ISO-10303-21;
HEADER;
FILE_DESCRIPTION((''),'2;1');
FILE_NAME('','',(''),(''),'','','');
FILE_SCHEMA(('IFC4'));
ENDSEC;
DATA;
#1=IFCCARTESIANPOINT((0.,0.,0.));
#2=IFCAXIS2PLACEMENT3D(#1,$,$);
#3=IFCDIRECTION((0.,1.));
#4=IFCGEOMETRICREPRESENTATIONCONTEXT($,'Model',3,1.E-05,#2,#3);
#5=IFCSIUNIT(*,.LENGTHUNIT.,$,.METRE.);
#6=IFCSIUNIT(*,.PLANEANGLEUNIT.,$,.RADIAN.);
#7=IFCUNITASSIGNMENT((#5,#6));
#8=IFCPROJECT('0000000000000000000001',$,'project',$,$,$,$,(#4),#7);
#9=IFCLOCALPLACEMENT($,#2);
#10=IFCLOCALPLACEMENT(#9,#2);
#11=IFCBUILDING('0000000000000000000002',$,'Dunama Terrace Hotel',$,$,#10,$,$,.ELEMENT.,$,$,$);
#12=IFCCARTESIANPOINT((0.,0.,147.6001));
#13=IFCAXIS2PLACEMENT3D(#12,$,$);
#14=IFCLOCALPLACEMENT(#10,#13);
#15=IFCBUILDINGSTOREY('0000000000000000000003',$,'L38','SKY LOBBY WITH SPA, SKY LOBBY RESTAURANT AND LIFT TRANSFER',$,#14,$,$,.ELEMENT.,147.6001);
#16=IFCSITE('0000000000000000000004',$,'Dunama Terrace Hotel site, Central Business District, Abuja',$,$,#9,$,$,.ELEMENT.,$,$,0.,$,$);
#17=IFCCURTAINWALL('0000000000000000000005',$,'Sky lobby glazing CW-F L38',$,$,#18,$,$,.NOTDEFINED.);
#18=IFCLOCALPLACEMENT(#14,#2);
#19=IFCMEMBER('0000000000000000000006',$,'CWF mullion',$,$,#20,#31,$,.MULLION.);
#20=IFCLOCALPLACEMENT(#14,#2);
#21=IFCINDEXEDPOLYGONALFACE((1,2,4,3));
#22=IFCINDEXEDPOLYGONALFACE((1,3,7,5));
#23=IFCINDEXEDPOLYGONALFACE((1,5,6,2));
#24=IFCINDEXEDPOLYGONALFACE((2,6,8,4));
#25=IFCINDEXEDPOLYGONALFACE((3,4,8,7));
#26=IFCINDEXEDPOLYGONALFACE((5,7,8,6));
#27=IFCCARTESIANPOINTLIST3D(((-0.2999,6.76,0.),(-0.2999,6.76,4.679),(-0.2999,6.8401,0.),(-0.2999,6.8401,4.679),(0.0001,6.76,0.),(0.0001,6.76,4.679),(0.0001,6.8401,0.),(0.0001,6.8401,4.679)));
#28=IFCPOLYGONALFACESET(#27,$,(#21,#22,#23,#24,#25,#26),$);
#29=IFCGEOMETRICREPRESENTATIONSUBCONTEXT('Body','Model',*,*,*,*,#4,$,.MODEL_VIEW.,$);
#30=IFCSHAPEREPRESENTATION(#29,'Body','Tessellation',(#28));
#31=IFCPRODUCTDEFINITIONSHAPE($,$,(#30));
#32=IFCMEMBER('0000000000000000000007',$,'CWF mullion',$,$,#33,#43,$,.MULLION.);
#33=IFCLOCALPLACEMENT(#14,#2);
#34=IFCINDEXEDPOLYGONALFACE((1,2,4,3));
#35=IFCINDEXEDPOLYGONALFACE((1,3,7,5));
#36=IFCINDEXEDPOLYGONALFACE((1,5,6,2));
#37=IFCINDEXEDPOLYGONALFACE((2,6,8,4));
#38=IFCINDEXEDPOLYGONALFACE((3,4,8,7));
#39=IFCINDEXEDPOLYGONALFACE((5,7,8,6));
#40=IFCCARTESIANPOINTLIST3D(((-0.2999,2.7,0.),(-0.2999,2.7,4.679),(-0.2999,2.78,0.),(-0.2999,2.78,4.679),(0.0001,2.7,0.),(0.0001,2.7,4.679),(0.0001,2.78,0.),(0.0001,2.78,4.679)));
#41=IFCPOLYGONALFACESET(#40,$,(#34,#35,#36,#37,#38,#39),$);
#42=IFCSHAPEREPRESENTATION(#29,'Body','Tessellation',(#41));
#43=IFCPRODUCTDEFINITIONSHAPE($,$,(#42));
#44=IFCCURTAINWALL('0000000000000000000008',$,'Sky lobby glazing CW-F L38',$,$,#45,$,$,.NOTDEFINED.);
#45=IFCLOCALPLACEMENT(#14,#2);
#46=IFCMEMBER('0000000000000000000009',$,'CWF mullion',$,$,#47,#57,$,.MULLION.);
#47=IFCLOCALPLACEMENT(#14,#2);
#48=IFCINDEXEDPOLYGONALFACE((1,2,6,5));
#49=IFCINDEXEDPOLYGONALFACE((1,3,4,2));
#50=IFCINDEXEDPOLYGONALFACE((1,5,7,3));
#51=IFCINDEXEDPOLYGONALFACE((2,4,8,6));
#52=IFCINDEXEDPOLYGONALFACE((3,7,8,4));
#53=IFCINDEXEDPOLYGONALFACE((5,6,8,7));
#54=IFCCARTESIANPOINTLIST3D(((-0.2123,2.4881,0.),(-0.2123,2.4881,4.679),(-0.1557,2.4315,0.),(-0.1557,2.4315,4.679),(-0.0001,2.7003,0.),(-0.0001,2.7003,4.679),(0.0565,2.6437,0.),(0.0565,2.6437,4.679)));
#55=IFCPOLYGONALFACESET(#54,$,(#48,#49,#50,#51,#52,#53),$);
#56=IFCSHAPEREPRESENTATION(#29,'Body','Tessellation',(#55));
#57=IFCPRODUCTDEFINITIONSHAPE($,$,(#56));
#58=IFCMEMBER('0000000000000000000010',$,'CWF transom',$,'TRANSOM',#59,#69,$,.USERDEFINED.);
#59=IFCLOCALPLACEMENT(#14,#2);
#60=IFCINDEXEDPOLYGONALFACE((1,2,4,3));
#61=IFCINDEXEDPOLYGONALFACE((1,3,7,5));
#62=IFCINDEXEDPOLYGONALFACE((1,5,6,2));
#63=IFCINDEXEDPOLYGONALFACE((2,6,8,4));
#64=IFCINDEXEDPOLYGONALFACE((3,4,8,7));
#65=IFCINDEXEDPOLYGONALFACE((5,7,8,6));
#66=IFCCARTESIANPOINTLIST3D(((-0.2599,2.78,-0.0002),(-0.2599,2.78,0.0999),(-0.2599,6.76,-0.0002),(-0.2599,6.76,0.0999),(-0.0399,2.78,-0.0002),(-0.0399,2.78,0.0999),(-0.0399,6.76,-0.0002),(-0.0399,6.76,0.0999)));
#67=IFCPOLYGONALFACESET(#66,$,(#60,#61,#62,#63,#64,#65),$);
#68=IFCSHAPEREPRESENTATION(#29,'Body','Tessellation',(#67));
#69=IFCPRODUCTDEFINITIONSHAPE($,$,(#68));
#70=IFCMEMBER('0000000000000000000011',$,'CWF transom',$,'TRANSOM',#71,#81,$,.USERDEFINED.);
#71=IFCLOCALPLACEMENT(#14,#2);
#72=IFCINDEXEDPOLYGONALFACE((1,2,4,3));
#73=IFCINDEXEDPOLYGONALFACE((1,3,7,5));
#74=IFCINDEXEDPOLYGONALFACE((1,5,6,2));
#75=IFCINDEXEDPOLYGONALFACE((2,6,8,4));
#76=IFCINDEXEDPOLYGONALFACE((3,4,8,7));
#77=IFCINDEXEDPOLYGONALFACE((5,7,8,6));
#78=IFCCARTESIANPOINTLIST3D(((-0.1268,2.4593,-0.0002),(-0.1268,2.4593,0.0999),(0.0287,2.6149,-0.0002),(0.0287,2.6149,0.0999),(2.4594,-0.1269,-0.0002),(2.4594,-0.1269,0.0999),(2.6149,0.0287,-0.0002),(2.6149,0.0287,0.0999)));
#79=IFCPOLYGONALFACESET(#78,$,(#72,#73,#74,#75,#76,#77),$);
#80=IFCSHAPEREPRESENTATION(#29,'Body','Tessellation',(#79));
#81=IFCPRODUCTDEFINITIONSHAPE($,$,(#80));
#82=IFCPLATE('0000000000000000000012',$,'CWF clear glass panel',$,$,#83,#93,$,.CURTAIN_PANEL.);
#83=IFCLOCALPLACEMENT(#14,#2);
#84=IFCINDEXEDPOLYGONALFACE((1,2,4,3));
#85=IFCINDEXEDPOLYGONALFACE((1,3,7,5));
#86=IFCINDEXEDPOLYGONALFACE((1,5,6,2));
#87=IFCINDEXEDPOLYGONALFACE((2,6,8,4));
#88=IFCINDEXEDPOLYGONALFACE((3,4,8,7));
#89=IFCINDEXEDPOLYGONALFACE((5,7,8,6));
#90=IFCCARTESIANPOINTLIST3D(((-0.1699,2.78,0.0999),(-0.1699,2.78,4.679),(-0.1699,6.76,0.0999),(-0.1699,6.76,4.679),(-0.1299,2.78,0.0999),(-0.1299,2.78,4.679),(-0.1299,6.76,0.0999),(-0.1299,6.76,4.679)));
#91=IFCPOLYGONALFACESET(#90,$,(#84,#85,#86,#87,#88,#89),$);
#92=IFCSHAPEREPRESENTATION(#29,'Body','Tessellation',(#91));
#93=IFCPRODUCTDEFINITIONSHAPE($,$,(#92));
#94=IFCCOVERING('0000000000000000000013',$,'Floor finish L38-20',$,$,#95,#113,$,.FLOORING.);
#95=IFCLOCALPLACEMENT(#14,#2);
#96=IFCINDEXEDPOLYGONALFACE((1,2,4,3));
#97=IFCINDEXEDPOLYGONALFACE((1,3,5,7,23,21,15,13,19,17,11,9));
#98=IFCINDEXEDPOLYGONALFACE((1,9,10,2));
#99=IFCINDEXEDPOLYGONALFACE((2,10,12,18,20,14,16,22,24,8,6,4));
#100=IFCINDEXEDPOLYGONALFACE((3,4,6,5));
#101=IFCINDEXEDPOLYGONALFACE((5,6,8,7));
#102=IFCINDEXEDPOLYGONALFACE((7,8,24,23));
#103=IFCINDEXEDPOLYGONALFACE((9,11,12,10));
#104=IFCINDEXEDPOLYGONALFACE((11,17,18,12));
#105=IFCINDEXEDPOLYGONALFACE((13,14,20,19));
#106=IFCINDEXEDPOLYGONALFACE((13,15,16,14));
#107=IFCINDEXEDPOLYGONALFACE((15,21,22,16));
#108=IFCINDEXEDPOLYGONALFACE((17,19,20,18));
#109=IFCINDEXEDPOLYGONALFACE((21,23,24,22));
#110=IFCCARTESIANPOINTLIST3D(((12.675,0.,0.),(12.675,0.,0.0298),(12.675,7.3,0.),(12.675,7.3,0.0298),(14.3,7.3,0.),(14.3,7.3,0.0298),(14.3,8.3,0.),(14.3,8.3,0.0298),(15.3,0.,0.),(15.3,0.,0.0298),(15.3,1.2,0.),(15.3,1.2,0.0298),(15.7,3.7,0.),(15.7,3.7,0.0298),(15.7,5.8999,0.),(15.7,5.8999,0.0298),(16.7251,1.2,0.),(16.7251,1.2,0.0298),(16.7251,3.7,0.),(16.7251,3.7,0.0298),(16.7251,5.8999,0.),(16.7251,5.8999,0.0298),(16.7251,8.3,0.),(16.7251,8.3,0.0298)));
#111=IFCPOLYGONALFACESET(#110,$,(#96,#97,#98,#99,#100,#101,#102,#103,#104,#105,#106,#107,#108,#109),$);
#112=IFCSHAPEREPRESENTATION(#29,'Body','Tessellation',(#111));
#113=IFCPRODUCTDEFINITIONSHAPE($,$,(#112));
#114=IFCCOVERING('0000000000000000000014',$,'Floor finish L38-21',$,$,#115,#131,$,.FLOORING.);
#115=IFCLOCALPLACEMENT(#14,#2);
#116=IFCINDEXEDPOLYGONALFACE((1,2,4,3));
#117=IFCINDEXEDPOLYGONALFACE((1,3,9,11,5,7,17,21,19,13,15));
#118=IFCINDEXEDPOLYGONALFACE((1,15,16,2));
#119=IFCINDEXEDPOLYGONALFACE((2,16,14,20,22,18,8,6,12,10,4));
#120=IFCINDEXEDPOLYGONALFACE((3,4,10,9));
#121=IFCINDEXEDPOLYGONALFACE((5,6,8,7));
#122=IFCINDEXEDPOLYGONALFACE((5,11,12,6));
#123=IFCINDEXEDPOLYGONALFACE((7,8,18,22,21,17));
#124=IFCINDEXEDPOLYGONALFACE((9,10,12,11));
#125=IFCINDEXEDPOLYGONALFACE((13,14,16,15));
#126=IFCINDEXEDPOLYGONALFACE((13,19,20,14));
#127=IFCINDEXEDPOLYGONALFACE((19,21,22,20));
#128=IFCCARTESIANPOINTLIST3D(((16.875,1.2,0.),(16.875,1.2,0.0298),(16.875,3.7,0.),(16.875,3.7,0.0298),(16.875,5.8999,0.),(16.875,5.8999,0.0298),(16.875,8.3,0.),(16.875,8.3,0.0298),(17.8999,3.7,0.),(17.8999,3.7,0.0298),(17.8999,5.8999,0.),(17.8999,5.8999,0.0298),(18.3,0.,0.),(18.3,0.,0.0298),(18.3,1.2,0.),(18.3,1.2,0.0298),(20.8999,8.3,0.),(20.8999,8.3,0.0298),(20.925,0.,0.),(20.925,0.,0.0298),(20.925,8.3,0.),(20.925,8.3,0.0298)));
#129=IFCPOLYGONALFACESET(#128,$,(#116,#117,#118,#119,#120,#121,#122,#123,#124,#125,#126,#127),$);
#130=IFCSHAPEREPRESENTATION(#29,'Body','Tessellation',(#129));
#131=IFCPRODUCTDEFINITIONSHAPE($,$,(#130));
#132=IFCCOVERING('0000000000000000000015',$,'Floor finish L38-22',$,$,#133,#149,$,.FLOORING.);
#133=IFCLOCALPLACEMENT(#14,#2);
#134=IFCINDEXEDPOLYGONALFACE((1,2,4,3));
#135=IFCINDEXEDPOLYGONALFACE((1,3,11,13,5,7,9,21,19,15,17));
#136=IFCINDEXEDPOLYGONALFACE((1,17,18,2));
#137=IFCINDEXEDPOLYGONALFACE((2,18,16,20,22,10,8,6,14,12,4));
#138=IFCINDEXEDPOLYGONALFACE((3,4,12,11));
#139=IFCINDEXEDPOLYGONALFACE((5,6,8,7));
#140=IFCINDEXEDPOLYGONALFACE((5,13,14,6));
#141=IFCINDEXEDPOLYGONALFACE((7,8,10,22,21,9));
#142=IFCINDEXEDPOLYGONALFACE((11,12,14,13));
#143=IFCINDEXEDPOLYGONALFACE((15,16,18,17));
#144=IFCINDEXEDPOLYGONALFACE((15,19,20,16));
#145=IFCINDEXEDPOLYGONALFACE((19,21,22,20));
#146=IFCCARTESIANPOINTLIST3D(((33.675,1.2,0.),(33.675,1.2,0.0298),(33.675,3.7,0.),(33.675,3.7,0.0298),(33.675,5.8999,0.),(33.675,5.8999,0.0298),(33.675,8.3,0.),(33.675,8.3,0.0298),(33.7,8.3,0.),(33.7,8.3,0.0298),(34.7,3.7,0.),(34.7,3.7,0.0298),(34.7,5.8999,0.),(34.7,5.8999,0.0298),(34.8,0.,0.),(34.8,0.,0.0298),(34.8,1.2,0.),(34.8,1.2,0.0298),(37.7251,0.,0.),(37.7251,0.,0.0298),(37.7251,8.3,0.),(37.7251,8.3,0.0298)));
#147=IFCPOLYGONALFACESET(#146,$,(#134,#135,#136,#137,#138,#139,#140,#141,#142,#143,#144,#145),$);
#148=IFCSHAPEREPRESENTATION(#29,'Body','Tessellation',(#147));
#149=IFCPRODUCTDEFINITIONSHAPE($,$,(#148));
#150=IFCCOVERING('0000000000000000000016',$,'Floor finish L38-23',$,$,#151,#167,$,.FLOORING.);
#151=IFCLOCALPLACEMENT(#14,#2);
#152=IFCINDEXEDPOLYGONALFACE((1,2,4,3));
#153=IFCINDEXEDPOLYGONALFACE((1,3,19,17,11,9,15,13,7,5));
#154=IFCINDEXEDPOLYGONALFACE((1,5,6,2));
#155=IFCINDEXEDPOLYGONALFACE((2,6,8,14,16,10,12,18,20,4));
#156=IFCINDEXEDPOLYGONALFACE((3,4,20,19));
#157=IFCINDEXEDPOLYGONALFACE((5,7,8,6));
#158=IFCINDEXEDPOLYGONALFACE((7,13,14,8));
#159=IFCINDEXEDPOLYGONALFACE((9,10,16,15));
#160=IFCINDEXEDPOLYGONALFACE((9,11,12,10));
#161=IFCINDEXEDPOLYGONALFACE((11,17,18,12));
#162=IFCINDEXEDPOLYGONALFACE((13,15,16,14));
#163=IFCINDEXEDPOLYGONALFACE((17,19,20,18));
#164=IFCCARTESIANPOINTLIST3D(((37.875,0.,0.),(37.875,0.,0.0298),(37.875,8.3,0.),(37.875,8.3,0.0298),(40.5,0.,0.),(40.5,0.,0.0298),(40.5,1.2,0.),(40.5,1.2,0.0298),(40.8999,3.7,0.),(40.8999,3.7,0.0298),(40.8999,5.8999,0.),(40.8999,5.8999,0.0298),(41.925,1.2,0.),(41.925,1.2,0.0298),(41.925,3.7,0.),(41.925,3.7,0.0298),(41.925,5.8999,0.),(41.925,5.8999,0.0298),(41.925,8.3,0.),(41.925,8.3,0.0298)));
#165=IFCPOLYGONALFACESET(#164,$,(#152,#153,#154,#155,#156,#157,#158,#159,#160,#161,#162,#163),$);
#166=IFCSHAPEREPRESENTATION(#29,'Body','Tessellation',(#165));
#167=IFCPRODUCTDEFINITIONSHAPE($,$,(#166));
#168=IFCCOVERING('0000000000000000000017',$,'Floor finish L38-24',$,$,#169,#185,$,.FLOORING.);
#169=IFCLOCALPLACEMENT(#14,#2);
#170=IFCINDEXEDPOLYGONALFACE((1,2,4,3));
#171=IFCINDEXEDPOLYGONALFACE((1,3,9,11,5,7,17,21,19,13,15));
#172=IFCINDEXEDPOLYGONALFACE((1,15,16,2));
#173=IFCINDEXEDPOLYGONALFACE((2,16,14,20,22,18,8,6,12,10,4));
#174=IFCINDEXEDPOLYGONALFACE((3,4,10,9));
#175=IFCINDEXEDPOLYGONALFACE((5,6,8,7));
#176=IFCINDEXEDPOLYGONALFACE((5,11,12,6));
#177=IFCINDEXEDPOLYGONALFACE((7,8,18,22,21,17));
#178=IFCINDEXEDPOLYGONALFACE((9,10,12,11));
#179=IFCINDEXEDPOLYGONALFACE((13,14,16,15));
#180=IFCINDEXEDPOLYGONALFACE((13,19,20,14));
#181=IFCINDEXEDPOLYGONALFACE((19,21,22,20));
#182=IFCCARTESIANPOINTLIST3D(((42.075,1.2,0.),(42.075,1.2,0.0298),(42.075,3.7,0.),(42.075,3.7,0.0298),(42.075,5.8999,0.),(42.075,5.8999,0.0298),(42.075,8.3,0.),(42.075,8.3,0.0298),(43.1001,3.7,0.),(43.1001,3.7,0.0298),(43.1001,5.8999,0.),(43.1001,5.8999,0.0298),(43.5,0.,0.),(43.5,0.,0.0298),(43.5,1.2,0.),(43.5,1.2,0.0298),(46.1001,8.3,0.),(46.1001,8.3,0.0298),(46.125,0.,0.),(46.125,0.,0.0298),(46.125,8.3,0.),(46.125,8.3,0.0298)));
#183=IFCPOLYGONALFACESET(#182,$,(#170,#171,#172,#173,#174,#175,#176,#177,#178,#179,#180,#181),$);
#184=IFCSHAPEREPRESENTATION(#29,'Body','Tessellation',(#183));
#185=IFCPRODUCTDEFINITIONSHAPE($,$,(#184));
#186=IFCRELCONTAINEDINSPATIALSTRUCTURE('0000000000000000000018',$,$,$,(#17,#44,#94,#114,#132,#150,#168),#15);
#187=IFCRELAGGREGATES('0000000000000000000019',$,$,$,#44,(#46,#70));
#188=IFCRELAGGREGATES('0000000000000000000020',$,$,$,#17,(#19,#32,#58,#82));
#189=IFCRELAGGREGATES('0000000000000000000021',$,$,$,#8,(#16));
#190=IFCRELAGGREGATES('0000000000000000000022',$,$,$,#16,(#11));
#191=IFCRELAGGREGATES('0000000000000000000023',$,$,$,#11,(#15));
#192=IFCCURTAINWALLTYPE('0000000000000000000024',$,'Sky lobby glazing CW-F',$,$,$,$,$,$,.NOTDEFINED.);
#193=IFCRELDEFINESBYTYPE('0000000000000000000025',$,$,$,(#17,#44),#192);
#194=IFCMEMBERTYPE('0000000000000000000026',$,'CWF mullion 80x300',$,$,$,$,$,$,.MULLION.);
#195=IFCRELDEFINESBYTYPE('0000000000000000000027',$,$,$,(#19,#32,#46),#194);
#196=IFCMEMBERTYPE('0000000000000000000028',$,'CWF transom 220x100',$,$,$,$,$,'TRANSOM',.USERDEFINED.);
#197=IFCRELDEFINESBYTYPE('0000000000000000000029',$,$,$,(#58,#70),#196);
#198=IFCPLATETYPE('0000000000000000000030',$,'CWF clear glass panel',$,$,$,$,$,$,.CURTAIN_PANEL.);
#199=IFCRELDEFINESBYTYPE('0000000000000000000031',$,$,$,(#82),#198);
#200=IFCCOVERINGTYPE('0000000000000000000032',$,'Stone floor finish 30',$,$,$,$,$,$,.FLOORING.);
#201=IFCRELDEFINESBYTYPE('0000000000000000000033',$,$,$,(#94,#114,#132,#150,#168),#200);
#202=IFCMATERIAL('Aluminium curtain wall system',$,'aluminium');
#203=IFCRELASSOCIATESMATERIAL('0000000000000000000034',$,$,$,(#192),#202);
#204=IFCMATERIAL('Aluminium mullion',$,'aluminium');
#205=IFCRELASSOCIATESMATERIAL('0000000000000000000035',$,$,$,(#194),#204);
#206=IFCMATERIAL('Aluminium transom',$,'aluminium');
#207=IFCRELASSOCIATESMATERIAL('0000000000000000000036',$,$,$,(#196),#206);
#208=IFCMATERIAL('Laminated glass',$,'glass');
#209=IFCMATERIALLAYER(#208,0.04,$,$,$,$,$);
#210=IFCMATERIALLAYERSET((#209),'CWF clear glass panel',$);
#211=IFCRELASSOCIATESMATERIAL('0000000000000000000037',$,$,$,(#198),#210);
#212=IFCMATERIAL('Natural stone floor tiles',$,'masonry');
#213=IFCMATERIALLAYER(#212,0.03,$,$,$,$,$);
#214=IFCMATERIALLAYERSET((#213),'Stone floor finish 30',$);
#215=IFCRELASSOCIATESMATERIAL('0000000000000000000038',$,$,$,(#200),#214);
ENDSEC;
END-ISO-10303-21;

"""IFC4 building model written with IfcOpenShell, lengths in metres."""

from ifc_helpers import new_model, si_unit, direction, frame, origin, origin_2d, place, context, subcontext, project, spatial, polyline, rectangle, outline, extrude, material, layer, layer_set, material_profile, profile_set, type_object, element, aggregate, save


model = new_model("IFC4")

# Units and contexts
model_context = context("Model", 3, precision=1e-05, world=origin(), true_north=direction((0.0, 1.0)))
body_context = subcontext(model_context, "Body", "Model", "MODEL_VIEW")
ifc_project = project(units=[si_unit("LENGTHUNIT", "METRE"), si_unit("PLANEANGLEUNIT", "RADIAN")], contexts=[model_context])

# Site, building, storey
site_placement = place(None, origin())
site = spatial("IfcSite", under=ifc_project, at=site_placement, Name="Dunama Terrace Hotel site, Central Business District, Abuja", CompositionType="ELEMENT", RefElevation=0.0)
building_placement = place(site_placement, origin())
building = spatial("IfcBuilding", under=site, at=building_placement, Name="Dunama Terrace Hotel", CompositionType="ELEMENT")
storey_placement = place(building_placement, frame((0.0, 0.0, 147.6001)))
storey = spatial("IfcBuildingStorey", under=building, at=storey_placement, Name="L38", Description="SKY LOBBY WITH SPA, SKY LOBBY RESTAURANT AND LIFT TRANSFER", CompositionType="ELEMENT", Elevation=147.6001)

# Curtain wall, members
ifc_material_1 = material(Name="Aluminium curtain wall system", Category="aluminium")
curtain_wall_type = type_object("IfcCurtainWallType", Name="Sky lobby glazing CW-F", PredefinedType="NOTDEFINED", material=ifc_material_1)
curtain_wall_1_placement = place(storey_placement, origin())
curtain_wall_1 = element("IfcCurtainWall", 1, at=curtain_wall_1_placement, inside=storey, type_object=curtain_wall_type, Name="Sky lobby glazing CW-F L38", PredefinedType="NOTDEFINED")
ifc_material_2 = material(Name="Aluminium mullion", Category="aluminium")
ifc_material_profile_1 = material_profile(ifc_material_2, rectangle(XDim=0.0801, YDim=0.3, at=origin_2d()), Name="CWF MULLION 80X300")
ifc_profile_set_1 = profile_set([ifc_material_profile_1], Name="Aluminium mullion")
member_type_1 = type_object("IfcMemberType", Name="CWF mullion 80x300", PredefinedType="MULLION", material=ifc_profile_set_1)
member_1_placement = place(storey_placement, frame((-0.1499, 6.8, 0.0), z_axis=(0.0, 0.0, 1.0), x_axis=(0.0, -1.0, 0.0)))
member_1 = element("IfcMember", 2, at=member_1_placement, type_object=member_type_1, Name="CWF mullion", PredefinedType="MULLION", context=body_context, shape_type="SweptSolid", body=[
    extrude(rectangle(XDim=0.0801, YDim=0.3, at=origin_2d()), origin(), (0.0, 0.0, 1.0), 4.679),
])
member_2_placement = place(storey_placement, frame((-0.1499, 2.74, 0.0), z_axis=(0.0, 0.0, 1.0), x_axis=(0.0, -1.0, 0.0)))
member_2 = element("IfcMember", 3, at=member_2_placement, type_object=member_type_1, Name="CWF mullion", PredefinedType="MULLION", context=body_context, shape_type="SweptSolid", body=[
    extrude(rectangle(XDim=0.0801, YDim=0.3, at=origin_2d()), origin(), (0.0, 0.0, 1.0), 4.679),
])

# Curtain wall, member
curtain_wall_2_placement = place(storey_placement, origin())
curtain_wall_2 = element("IfcCurtainWall", 4, at=curtain_wall_2_placement, inside=storey, type_object=curtain_wall_type, Name="Sky lobby glazing CW-F L38", PredefinedType="NOTDEFINED")
member_3_placement = place(storey_placement, frame((-0.0779, 2.5659, 0.0), z_axis=(0.0, 0.0, 1.0), x_axis=(0.707107, -0.707107, 0.0)))
member_3 = element("IfcMember", 5, at=member_3_placement, type_object=member_type_1, Name="CWF mullion", PredefinedType="MULLION", context=body_context, shape_type="SweptSolid", body=[
    extrude(rectangle(XDim=0.0801, YDim=0.3, at=origin_2d()), origin(), (0.0, 0.0, 1.0), 4.679),
])

# Members
ifc_material_3 = material(Name="Aluminium transom", Category="aluminium")
ifc_material_profile_2 = material_profile(ifc_material_3, rectangle(XDim=0.22, YDim=0.1001, at=origin_2d()), Name="CWF TRANSOM 220X100")
ifc_profile_set_2 = profile_set([ifc_material_profile_2], Name="Aluminium transom")
member_type_2 = type_object("IfcMemberType", Name="CWF transom 220x100", ElementType="TRANSOM", PredefinedType="USERDEFINED", material=ifc_profile_set_2)
member_4_placement = place(storey_placement, frame((-0.1499, 6.76, 0.0498), z_axis=(0.0, -1.0, 0.0), x_axis=(1.0, 0.0, 0.0)))
member_4 = element("IfcMember", 6, at=member_4_placement, type_object=member_type_2, Name="CWF transom", ObjectType="TRANSOM", PredefinedType="USERDEFINED", context=body_context, shape_type="SweptSolid", body=[
    extrude(rectangle(XDim=0.22, YDim=0.1001, at=origin_2d()), origin(), (0.0, 0.0, 1.0), 3.98),
])
member_5_placement = place(storey_placement, frame((-0.0491, 2.5371, 0.0498), z_axis=(0.707107, -0.707107, 0.0), x_axis=(0.707107, 0.707107, 0.0)))
member_5 = element("IfcMember", 7, at=member_5_placement, type_object=member_type_2, Name="CWF transom", ObjectType="TRANSOM", PredefinedType="USERDEFINED", context=body_context, shape_type="SweptSolid", body=[
    extrude(rectangle(XDim=0.22, YDim=0.1001, at=origin_2d()), origin(), (0.0, 0.0, 1.0), 3.6575),
])
aggregate(curtain_wall_2, [member_3, member_5])

# Plate
ifc_material_4 = material(Name="Laminated glass", Category="glass")
ifc_layer_1 = layer(ifc_material_4, 0.04)
ifc_layer_set_1 = layer_set([ifc_layer_1], Name="CWF clear glass panel")
plate_type = type_object("IfcPlateType", Name="CWF clear glass panel", PredefinedType="CURTAIN_PANEL", material=ifc_layer_set_1)
plate_placement = place(storey_placement, frame((-0.1499, 4.77, 0.0999), z_axis=(0.0, 0.0, 1.0), x_axis=(0.0, -1.0, 0.0)))
plate = element("IfcPlate", 8, at=plate_placement, type_object=plate_type, Name="CWF clear glass panel", PredefinedType="CURTAIN_PANEL", context=body_context, shape_type="SweptSolid", body=[
    extrude(rectangle(XDim=3.98, YDim=0.04, at=origin_2d()), origin(), (0.0, 0.0, 1.0), 4.5791),
])
aggregate(curtain_wall_1, [member_1, member_2, member_4, plate])

# Coverings
ifc_material_5 = material(Name="Natural stone floor tiles", Category="masonry")
ifc_layer_2 = layer(ifc_material_5, 0.03)
ifc_layer_set_2 = layer_set([ifc_layer_2], Name="Stone floor finish 30")
covering_type_1 = type_object("IfcCoveringType", Name="Stone floor finish 30", PredefinedType="FLOORING", material=ifc_layer_set_2)
covering_1_placement = place(storey_placement, origin())
element("IfcCovering", 9, at=covering_1_placement, inside=storey, type_object=covering_type_1, Name="Floor finish L38-20", PredefinedType="FLOORING", context=body_context, shape_type="SweptSolid", body=[
    extrude(outline(polyline([(12.675, 0.0), (15.3, 0.0), (15.3, 1.2), (16.7251, 1.2), (16.7251, 3.7), (15.7, 3.7), (15.7, 5.8999), (16.7251, 5.8999), (16.7251, 8.3), (14.3, 8.3), (14.3, 7.3), (12.675, 7.3), (12.675, 0.0)])), origin(), (0.0, 0.0, 1.0), 0.0298),
])
covering_2_placement = place(storey_placement, origin())
element("IfcCovering", 10, at=covering_2_placement, inside=storey, type_object=covering_type_1, Name="Floor finish L38-21", PredefinedType="FLOORING", context=body_context, shape_type="SweptSolid", body=[
    extrude(outline(polyline([(18.3, 0.0), (20.925, 0.0), (20.925, 8.3), (20.8999, 8.3), (16.875, 8.3), (16.875, 5.8999), (17.8999, 5.8999), (17.8999, 3.7), (16.875, 3.7), (16.875, 1.2), (18.3, 1.2), (18.3, 0.0)])), origin(), (0.0, 0.0, 1.0), 0.0298),
])
covering_3_placement = place(storey_placement, origin())
element("IfcCovering", 11, at=covering_3_placement, inside=storey, type_object=covering_type_1, Name="Floor finish L38-22", PredefinedType="FLOORING", context=body_context, shape_type="SweptSolid", body=[
    extrude(outline(polyline([(34.8, 0.0), (37.7251, 0.0), (37.7251, 8.3), (33.7, 8.3), (33.675, 8.3), (33.675, 5.8999), (34.7, 5.8999), (34.7, 3.7), (33.675, 3.7), (33.675, 1.2), (34.8, 1.2), (34.8, 0.0)])), origin(), (0.0, 0.0, 1.0), 0.0298),
])
covering_4_placement = place(storey_placement, origin())
element("IfcCovering", 12, at=covering_4_placement, inside=storey, type_object=covering_type_1, Name="Floor finish L38-23", PredefinedType="FLOORING", context=body_context, shape_type="SweptSolid", body=[
    extrude(outline(polyline([(37.875, 0.0), (40.5, 0.0), (40.5, 1.2), (41.925, 1.2), (41.925, 3.7), (40.8999, 3.7), (40.8999, 5.8999), (41.925, 5.8999), (41.925, 8.3), (37.875, 8.3), (37.875, 0.0)])), origin(), (0.0, 0.0, 1.0), 0.0298),
])
covering_5_placement = place(storey_placement, origin())
element("IfcCovering", 13, at=covering_5_placement, inside=storey, type_object=covering_type_1, Name="Floor finish L38-24", PredefinedType="FLOORING", context=body_context, shape_type="SweptSolid", body=[
    extrude(outline(polyline([(43.5, 0.0), (46.125, 0.0), (46.125, 8.3), (46.1001, 8.3), (42.075, 8.3), (42.075, 5.8999), (43.1001, 5.8999), (43.1001, 3.7), (42.075, 3.7), (42.075, 1.2), (43.5, 1.2), (43.5, 0.0)])), origin(), (0.0, 0.0, 1.0), 0.0298),
])

save(model, "model.ifc")
